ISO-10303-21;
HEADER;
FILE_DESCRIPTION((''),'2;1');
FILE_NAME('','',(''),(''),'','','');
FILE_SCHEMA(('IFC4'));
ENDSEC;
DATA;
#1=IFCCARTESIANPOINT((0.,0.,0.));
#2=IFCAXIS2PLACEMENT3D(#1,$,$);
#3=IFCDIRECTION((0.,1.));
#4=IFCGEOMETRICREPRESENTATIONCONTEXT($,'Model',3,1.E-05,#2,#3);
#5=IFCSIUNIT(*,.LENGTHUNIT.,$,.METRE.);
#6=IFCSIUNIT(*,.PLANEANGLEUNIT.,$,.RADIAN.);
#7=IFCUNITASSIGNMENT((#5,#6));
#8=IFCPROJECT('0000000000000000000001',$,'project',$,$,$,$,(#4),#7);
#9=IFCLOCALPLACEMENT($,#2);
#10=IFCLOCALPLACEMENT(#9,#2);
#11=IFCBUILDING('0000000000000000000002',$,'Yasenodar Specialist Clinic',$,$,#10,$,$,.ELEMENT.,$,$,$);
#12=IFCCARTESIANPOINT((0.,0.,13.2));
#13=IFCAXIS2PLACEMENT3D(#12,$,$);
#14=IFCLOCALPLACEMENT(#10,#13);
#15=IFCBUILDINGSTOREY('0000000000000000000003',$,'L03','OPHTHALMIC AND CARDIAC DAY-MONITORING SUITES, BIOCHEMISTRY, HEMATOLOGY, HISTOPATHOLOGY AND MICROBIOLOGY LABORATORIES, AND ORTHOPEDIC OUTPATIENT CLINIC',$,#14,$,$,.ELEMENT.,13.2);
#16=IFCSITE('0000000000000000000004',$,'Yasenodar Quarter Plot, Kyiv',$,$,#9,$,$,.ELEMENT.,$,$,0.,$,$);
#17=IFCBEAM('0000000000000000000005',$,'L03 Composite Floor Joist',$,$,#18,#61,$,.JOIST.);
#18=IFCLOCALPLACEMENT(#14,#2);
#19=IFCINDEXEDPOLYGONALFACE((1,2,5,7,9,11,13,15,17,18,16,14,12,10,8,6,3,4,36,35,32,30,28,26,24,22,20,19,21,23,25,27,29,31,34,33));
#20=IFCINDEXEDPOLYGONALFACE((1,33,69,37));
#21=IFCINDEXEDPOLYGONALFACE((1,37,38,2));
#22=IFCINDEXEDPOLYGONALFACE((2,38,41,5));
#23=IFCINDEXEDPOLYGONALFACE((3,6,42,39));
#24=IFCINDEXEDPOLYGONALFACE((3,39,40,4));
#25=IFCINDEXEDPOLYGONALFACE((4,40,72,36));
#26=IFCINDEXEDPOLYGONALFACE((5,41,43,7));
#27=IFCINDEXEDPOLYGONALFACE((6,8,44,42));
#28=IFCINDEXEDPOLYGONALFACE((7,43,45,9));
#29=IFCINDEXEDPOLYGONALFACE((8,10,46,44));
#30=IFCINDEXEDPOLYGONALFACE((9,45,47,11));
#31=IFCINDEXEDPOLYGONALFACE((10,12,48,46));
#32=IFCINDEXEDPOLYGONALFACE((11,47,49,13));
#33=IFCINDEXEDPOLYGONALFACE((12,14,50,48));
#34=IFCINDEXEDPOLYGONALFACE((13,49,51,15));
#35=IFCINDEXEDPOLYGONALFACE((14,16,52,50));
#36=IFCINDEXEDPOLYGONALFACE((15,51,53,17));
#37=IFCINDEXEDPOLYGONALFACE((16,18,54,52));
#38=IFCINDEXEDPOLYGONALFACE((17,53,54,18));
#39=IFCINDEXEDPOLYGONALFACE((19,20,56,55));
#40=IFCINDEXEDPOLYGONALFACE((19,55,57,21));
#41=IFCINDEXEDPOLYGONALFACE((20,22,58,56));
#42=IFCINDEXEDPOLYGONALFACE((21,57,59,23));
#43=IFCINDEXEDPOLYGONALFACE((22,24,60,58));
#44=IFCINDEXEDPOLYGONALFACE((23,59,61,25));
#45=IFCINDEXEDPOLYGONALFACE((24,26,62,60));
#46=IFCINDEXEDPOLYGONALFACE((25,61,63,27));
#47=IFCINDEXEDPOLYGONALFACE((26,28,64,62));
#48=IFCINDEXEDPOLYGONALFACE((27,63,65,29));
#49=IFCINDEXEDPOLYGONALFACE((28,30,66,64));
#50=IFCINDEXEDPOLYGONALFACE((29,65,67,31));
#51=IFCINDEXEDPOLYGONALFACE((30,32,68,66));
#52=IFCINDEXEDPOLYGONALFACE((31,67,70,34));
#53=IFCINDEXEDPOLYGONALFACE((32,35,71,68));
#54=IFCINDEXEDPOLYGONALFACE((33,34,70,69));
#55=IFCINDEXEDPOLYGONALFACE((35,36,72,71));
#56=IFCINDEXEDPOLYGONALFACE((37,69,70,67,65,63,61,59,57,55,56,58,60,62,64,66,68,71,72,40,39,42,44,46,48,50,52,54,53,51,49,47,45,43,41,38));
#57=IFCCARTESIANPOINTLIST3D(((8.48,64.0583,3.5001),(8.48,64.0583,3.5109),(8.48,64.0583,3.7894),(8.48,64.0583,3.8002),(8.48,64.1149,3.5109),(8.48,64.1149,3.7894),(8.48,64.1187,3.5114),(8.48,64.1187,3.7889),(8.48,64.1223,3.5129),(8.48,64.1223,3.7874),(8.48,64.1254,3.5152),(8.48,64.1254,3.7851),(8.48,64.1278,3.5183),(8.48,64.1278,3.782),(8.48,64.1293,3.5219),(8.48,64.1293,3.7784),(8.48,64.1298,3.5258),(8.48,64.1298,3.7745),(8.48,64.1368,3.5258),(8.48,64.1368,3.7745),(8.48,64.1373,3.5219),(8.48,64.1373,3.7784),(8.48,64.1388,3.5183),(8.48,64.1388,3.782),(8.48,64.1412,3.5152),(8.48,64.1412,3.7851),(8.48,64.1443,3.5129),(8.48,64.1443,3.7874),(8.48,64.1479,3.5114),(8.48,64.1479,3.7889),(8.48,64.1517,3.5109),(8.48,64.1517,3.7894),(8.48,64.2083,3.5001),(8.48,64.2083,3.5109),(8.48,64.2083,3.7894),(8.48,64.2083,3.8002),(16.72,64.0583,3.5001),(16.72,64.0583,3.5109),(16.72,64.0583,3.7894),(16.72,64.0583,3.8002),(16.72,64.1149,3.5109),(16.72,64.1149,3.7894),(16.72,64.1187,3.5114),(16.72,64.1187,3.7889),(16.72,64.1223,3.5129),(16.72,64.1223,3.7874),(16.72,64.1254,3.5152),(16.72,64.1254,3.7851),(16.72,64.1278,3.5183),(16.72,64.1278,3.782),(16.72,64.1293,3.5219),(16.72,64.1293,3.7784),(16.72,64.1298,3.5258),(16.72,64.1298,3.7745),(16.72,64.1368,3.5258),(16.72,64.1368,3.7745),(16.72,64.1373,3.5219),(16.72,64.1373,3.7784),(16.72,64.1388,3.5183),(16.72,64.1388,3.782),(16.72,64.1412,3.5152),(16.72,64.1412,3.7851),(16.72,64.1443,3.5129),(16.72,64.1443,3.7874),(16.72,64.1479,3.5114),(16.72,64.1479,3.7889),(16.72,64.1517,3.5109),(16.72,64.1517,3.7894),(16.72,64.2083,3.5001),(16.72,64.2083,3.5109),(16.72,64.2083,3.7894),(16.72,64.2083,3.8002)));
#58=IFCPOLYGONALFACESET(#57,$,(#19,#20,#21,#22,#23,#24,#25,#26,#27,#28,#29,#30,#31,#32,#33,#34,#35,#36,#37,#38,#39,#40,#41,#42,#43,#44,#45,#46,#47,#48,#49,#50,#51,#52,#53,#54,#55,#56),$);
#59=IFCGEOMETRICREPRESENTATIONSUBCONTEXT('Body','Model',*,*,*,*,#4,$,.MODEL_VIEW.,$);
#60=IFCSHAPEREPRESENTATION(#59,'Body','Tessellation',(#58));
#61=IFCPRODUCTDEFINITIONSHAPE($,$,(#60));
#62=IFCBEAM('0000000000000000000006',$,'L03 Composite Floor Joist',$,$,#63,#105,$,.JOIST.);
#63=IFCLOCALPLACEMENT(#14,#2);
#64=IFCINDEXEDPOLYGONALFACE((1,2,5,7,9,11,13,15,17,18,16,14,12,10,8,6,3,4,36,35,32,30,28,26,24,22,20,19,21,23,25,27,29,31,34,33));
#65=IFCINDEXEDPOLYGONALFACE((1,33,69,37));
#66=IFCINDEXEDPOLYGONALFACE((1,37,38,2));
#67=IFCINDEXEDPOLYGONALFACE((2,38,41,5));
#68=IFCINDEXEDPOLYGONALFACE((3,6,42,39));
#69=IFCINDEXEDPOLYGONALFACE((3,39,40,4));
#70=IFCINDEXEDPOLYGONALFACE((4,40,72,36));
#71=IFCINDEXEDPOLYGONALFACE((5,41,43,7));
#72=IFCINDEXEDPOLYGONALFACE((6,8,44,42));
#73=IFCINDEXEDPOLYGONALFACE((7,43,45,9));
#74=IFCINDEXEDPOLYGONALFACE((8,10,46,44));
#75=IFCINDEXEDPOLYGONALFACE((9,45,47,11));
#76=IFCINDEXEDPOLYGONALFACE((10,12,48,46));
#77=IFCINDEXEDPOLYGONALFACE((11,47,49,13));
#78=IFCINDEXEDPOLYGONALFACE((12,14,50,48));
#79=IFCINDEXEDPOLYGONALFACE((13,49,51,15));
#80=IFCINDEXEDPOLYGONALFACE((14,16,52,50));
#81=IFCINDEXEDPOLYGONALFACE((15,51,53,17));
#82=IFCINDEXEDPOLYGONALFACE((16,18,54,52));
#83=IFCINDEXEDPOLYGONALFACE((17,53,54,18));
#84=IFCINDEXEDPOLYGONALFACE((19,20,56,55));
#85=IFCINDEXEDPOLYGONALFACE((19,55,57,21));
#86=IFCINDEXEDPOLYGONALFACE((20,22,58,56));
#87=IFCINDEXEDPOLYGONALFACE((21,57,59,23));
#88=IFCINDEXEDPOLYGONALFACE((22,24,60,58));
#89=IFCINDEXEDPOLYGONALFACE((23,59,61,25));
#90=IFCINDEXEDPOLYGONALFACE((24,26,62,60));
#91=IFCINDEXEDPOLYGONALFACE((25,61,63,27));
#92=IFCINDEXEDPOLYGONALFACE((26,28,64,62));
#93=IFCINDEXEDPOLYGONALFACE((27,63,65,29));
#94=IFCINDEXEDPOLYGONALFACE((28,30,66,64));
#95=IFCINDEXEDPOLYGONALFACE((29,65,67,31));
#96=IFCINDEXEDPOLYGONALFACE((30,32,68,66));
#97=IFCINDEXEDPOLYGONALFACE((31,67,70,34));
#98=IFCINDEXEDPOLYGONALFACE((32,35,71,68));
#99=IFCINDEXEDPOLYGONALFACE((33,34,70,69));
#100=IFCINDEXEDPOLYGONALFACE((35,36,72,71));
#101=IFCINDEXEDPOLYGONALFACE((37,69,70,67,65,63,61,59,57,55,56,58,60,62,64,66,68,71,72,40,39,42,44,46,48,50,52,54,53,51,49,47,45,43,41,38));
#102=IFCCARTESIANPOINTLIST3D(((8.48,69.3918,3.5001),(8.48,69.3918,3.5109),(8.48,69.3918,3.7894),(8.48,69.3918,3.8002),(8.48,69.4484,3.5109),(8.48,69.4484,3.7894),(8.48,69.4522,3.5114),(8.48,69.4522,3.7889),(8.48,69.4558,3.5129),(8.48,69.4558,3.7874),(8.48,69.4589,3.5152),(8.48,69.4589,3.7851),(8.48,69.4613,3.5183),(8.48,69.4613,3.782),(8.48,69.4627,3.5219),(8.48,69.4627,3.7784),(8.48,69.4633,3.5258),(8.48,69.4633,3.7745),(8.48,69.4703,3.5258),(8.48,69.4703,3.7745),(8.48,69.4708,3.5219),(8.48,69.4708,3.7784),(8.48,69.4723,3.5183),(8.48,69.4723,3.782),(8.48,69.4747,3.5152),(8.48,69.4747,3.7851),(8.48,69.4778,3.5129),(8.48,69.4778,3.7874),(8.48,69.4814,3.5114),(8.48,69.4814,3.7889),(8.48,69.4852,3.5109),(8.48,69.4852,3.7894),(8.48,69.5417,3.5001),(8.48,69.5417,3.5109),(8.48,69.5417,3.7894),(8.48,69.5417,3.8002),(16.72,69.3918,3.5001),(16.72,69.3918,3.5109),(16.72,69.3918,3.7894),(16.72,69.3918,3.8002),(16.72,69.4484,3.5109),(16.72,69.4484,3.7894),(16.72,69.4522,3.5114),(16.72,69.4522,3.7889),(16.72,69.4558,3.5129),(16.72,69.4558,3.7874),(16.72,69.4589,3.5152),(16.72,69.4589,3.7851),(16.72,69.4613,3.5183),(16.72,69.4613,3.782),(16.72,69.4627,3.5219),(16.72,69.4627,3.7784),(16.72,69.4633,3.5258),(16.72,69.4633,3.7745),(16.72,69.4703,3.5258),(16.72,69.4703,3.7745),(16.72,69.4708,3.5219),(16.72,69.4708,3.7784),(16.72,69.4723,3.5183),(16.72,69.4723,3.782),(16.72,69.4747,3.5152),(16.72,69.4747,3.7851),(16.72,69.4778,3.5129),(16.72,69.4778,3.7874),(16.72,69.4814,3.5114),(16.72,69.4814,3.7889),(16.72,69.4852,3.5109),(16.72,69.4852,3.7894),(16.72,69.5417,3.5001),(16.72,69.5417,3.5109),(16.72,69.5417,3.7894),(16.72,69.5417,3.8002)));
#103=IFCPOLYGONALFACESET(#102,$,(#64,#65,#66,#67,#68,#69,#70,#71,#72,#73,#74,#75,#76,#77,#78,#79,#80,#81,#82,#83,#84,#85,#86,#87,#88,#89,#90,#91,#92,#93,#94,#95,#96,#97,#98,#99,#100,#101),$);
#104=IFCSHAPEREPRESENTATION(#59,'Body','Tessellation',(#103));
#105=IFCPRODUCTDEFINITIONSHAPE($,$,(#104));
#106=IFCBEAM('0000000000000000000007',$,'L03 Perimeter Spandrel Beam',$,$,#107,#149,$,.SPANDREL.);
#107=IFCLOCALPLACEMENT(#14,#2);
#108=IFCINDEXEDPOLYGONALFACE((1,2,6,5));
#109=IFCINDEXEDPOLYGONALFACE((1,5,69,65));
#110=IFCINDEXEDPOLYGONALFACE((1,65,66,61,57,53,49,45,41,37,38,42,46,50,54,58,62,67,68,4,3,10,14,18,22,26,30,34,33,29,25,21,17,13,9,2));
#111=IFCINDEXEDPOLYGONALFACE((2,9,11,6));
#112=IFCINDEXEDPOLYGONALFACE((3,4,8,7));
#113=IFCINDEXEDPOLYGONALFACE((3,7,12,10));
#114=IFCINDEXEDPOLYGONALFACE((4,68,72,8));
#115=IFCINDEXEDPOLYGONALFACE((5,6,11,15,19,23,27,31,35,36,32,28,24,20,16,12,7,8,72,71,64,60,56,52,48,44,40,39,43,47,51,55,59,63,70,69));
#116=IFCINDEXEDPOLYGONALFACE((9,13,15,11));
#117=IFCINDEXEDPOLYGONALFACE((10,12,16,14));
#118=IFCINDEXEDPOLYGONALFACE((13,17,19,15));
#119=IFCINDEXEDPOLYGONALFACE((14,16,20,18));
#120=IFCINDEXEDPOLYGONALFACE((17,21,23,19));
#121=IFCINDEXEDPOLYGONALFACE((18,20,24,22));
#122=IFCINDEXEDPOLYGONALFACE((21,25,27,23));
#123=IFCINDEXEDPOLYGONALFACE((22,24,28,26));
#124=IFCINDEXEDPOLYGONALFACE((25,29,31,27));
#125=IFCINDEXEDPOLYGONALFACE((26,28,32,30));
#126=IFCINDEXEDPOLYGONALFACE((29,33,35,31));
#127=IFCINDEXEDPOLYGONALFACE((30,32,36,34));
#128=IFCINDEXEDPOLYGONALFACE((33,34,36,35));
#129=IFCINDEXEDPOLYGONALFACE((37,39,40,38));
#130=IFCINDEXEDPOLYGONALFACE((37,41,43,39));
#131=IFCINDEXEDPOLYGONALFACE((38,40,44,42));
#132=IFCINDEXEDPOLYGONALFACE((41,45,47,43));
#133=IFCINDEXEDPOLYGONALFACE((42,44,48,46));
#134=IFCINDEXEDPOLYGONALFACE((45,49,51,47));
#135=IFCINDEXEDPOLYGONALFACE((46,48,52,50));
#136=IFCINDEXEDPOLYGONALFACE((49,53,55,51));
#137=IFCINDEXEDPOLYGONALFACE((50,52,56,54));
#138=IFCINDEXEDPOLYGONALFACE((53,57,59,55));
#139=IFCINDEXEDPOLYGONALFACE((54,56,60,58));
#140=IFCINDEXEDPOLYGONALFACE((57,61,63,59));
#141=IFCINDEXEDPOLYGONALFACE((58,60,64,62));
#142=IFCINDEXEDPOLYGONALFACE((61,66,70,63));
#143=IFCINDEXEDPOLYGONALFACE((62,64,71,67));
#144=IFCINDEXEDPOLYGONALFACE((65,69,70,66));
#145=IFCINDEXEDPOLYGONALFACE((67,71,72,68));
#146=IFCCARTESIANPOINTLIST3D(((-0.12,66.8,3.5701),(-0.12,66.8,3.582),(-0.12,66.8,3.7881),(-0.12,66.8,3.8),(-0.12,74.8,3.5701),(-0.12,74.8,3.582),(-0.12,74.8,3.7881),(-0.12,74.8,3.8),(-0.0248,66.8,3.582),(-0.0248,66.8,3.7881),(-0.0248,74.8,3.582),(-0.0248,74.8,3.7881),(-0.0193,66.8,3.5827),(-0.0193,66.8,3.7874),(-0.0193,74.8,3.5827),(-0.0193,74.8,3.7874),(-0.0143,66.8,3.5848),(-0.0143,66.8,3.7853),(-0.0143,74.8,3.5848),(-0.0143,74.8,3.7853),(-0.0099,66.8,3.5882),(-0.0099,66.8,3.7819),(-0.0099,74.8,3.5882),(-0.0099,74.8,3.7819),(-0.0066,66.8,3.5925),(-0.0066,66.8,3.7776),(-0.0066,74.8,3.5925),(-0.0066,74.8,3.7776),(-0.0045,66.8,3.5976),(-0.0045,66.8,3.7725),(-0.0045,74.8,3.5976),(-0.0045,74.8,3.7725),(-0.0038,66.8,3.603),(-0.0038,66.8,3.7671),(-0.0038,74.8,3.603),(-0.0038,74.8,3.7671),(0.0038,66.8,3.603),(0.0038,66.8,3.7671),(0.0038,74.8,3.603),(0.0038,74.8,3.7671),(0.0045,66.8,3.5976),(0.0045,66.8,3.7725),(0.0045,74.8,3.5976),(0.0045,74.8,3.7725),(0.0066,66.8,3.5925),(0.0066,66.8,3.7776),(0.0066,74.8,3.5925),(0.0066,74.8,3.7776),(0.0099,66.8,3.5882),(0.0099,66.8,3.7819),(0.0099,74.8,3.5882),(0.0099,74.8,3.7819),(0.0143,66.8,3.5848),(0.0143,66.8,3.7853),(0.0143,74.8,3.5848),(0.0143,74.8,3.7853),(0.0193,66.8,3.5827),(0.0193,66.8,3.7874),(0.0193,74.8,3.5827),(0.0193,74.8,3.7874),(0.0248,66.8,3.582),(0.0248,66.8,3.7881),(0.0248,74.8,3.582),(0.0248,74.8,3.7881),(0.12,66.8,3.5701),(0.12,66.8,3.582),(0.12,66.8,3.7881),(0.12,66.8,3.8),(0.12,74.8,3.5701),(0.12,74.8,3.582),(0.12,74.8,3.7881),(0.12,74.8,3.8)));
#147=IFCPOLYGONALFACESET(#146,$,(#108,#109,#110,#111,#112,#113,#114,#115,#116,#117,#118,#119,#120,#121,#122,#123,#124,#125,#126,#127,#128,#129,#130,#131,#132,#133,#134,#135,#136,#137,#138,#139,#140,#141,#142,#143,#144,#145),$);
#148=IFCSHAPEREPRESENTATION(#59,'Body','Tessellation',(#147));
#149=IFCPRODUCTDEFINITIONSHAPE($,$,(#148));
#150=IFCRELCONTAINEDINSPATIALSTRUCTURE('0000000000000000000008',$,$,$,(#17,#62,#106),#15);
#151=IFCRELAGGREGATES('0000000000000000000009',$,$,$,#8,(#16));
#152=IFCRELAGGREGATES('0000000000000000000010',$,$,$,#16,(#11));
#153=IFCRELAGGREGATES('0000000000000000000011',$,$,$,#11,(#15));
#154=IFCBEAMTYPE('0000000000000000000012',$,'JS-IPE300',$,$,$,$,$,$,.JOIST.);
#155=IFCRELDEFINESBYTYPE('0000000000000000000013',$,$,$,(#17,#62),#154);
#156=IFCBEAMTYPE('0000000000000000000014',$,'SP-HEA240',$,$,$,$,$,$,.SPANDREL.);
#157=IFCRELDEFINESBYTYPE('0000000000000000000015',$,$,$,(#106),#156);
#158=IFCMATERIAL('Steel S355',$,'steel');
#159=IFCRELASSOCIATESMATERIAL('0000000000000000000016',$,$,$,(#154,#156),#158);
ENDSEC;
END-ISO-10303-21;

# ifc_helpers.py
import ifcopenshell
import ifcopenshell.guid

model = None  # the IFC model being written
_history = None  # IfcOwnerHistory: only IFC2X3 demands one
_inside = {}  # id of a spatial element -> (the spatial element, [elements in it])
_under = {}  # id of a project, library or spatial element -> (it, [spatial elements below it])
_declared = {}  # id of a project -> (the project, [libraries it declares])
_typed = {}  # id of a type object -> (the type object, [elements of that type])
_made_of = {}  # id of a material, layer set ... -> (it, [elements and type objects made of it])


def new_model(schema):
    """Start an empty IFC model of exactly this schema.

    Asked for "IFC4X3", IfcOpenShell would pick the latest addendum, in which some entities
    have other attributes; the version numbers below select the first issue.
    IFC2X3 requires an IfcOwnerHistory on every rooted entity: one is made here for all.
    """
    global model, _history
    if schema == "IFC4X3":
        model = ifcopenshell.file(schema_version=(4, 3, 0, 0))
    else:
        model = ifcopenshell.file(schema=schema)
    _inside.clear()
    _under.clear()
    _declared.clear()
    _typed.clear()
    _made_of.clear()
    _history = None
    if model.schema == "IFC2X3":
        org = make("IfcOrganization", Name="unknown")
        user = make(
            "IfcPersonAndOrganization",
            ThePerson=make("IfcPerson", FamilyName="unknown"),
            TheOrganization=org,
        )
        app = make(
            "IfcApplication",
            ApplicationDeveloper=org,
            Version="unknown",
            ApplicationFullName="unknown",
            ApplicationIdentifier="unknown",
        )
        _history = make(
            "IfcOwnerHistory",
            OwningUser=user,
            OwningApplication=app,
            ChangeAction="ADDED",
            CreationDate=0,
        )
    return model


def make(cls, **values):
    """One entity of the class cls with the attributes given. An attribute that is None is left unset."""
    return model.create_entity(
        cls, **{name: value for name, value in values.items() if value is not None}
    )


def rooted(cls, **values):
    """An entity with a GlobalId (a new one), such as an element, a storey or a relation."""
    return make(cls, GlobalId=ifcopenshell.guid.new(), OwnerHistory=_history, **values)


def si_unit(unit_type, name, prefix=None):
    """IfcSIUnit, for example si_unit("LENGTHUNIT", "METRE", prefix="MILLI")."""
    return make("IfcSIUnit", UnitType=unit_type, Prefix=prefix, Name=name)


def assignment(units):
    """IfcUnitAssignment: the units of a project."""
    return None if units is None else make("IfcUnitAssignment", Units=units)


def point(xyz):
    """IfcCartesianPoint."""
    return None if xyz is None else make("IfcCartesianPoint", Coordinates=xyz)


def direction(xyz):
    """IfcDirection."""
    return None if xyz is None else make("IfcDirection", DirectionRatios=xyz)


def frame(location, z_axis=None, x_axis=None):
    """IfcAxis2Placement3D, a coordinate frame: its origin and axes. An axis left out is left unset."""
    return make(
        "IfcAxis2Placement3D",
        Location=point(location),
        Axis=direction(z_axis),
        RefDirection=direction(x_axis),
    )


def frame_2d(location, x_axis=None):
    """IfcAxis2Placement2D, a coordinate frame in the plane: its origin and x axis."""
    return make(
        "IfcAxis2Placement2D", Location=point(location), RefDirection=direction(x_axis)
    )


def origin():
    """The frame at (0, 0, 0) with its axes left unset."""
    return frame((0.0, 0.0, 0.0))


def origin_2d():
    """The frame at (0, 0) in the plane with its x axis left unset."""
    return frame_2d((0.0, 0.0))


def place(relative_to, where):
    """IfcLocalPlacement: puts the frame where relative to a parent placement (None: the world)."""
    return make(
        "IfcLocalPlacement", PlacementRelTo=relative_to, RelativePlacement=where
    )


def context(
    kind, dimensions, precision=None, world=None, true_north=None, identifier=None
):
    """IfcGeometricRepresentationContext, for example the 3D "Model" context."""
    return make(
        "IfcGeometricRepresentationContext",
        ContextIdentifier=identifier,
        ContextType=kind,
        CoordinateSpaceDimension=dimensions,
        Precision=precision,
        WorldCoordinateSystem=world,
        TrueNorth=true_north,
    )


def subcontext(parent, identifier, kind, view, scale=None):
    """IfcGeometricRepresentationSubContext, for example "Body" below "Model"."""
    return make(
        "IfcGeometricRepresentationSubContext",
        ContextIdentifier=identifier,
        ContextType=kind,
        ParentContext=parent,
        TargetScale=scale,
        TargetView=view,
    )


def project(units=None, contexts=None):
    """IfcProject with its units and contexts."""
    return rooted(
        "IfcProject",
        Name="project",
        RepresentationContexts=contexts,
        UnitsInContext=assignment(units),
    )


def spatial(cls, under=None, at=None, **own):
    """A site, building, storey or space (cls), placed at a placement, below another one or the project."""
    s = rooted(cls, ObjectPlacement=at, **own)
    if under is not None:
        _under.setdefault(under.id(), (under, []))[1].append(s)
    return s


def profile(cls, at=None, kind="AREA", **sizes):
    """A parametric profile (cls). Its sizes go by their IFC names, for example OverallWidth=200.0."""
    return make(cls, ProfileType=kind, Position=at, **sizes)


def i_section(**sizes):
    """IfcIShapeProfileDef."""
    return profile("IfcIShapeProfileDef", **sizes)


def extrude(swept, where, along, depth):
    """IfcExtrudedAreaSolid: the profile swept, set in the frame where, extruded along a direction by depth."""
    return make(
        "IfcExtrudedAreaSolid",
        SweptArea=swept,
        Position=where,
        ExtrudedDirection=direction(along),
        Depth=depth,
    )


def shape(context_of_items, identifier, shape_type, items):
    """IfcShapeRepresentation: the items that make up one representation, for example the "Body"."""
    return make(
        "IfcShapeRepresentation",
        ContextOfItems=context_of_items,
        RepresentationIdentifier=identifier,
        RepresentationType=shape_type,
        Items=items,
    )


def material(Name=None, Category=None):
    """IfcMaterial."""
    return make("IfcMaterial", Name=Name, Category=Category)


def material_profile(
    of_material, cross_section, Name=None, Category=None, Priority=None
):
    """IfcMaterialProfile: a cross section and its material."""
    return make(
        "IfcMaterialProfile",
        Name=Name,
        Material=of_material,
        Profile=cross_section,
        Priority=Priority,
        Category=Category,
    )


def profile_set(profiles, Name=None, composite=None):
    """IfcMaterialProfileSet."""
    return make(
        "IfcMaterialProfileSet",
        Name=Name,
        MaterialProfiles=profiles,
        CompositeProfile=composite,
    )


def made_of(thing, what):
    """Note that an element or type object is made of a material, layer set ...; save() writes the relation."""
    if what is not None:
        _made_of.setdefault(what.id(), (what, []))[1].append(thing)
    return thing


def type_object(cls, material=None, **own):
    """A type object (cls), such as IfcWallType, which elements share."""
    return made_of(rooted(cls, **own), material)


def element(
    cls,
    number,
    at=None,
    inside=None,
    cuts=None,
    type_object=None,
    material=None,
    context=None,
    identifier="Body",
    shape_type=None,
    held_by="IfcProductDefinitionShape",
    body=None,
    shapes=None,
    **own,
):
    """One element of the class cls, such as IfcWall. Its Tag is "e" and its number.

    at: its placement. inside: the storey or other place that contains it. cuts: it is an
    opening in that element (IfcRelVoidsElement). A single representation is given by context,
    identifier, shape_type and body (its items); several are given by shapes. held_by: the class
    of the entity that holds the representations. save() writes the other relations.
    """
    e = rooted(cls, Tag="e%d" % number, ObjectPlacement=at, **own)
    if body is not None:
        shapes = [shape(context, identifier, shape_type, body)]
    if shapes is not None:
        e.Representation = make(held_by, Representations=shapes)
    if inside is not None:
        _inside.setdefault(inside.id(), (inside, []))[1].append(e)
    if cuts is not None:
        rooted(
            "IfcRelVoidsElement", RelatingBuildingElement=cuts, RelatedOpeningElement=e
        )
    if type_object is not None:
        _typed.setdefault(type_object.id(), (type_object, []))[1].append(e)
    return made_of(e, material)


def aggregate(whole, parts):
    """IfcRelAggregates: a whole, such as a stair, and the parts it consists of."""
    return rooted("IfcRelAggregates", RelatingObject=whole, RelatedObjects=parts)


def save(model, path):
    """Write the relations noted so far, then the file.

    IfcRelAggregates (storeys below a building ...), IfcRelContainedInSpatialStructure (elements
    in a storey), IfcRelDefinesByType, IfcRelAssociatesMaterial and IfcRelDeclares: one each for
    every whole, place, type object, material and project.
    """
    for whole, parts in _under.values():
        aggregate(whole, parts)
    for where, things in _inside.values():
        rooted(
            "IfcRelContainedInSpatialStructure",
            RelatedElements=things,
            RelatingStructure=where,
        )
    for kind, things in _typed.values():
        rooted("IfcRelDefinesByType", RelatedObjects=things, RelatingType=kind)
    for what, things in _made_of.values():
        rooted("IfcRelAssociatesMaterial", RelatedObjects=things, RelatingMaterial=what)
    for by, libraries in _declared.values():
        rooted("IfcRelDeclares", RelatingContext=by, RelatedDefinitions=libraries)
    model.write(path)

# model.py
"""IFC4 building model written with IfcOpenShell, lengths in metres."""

from ifc_helpers import new_model, si_unit, direction, frame, origin, origin_2d, place, context, subcontext, project, spatial, i_section, extrude, material, material_profile, profile_set, type_object, element, save


model = new_model("IFC4")

# Units and contexts
model_context = context("Model", 3, precision=1e-05, world=origin(), true_north=direction((0.0, 1.0)))
body_context = subcontext(model_context, "Body", "Model", "MODEL_VIEW")
ifc_project = project(units=[si_unit("LENGTHUNIT", "METRE"), si_unit("PLANEANGLEUNIT", "RADIAN")], contexts=[model_context])

# Site, building, storey
site_placement = place(None, origin())
site = spatial("IfcSite", under=ifc_project, at=site_placement, Name="Yasenodar Quarter Plot, Kyiv", CompositionType="ELEMENT", RefElevation=0.0)
building_placement = place(site_placement, origin())
building = spatial("IfcBuilding", under=site, at=building_placement, Name="Yasenodar Specialist Clinic", CompositionType="ELEMENT")
storey_placement = place(building_placement, frame((0.0, 0.0, 13.2)))
storey = spatial("IfcBuildingStorey", under=building, at=storey_placement, Name="L03", Description="OPHTHALMIC AND CARDIAC DAY-MONITORING SUITES, BIOCHEMISTRY, HEMATOLOGY, HISTOPATHOLOGY AND MICROBIOLOGY LABORATORIES, AND ORTHOPEDIC OUTPATIENT CLINIC", CompositionType="ELEMENT", Elevation=13.2)

# Shared definitions
ifc_material_1 = material(Name="Steel S355", Category="steel")

# Beams
ifc_material_profile_1 = material_profile(ifc_material_1, i_section(OverallWidth=0.1499, OverallDepth=0.3, WebThickness=0.0071, FlangeThickness=0.0107, FilletRadius=0.0149, at=origin_2d()), Name="IPE 300")
ifc_profile_set_1 = profile_set([ifc_material_profile_1], Name="Steel S355")
beam_type_1 = type_object("IfcBeamType", Name="JS-IPE300", PredefinedType="JOIST", material=ifc_profile_set_1)
for number, where, z_axis, x_axis, name in (
    (1, (8.48, 64.1333, 3.6501), (1.0, 0.0, 0.0), (0.0, 1.0, 0.0), "L03 Composite Floor Joist"),
    (2, (8.48, 69.4668, 3.6501), (1.0, 0.0, 0.0), (0.0, 1.0, 0.0), "L03 Composite Floor Joist"),
):
    element("IfcBeam", number, at=place(storey_placement, frame(where, z_axis=z_axis, x_axis=x_axis)), inside=storey, type_object=beam_type_1, Name=name, PredefinedType="JOIST", context=body_context, shape_type="SweptSolid", body=[
        extrude(i_section(OverallWidth=0.1499, OverallDepth=0.3, WebThickness=0.0071, FlangeThickness=0.0107, FilletRadius=0.0149, at=origin_2d()), origin(), (0.0, 0.0, 1.0), 8.24),
    ])
ifc_material_profile_2 = material_profile(ifc_material_1, i_section(OverallWidth=0.24, OverallDepth=0.23, WebThickness=0.0076, FlangeThickness=0.012, FilletRadius=0.021, at=origin_2d()), Name="HEA 240")
ifc_profile_set_2 = profile_set([ifc_material_profile_2], Name="Steel S355")
beam_type_2 = type_object("IfcBeamType", Name="SP-HEA240", PredefinedType="SPANDREL", material=ifc_profile_set_2)
beam_1_placement = place(storey_placement, frame((0.0, 66.8, 3.6851), z_axis=(0.0, 1.0, 0.0), x_axis=(-1.0, 0.0, 0.0)))
element("IfcBeam", 3, at=beam_1_placement, inside=storey, type_object=beam_type_2, Name="L03 Perimeter Spandrel Beam", PredefinedType="SPANDREL", context=body_context, shape_type="SweptSolid", body=[
    extrude(i_section(OverallWidth=0.24, OverallDepth=0.23, WebThickness=0.0076, FlangeThickness=0.012, FilletRadius=0.021, at=origin_2d()), origin(), (0.0, 0.0, 1.0), 8.0),
])

save(model, "model.ifc")
